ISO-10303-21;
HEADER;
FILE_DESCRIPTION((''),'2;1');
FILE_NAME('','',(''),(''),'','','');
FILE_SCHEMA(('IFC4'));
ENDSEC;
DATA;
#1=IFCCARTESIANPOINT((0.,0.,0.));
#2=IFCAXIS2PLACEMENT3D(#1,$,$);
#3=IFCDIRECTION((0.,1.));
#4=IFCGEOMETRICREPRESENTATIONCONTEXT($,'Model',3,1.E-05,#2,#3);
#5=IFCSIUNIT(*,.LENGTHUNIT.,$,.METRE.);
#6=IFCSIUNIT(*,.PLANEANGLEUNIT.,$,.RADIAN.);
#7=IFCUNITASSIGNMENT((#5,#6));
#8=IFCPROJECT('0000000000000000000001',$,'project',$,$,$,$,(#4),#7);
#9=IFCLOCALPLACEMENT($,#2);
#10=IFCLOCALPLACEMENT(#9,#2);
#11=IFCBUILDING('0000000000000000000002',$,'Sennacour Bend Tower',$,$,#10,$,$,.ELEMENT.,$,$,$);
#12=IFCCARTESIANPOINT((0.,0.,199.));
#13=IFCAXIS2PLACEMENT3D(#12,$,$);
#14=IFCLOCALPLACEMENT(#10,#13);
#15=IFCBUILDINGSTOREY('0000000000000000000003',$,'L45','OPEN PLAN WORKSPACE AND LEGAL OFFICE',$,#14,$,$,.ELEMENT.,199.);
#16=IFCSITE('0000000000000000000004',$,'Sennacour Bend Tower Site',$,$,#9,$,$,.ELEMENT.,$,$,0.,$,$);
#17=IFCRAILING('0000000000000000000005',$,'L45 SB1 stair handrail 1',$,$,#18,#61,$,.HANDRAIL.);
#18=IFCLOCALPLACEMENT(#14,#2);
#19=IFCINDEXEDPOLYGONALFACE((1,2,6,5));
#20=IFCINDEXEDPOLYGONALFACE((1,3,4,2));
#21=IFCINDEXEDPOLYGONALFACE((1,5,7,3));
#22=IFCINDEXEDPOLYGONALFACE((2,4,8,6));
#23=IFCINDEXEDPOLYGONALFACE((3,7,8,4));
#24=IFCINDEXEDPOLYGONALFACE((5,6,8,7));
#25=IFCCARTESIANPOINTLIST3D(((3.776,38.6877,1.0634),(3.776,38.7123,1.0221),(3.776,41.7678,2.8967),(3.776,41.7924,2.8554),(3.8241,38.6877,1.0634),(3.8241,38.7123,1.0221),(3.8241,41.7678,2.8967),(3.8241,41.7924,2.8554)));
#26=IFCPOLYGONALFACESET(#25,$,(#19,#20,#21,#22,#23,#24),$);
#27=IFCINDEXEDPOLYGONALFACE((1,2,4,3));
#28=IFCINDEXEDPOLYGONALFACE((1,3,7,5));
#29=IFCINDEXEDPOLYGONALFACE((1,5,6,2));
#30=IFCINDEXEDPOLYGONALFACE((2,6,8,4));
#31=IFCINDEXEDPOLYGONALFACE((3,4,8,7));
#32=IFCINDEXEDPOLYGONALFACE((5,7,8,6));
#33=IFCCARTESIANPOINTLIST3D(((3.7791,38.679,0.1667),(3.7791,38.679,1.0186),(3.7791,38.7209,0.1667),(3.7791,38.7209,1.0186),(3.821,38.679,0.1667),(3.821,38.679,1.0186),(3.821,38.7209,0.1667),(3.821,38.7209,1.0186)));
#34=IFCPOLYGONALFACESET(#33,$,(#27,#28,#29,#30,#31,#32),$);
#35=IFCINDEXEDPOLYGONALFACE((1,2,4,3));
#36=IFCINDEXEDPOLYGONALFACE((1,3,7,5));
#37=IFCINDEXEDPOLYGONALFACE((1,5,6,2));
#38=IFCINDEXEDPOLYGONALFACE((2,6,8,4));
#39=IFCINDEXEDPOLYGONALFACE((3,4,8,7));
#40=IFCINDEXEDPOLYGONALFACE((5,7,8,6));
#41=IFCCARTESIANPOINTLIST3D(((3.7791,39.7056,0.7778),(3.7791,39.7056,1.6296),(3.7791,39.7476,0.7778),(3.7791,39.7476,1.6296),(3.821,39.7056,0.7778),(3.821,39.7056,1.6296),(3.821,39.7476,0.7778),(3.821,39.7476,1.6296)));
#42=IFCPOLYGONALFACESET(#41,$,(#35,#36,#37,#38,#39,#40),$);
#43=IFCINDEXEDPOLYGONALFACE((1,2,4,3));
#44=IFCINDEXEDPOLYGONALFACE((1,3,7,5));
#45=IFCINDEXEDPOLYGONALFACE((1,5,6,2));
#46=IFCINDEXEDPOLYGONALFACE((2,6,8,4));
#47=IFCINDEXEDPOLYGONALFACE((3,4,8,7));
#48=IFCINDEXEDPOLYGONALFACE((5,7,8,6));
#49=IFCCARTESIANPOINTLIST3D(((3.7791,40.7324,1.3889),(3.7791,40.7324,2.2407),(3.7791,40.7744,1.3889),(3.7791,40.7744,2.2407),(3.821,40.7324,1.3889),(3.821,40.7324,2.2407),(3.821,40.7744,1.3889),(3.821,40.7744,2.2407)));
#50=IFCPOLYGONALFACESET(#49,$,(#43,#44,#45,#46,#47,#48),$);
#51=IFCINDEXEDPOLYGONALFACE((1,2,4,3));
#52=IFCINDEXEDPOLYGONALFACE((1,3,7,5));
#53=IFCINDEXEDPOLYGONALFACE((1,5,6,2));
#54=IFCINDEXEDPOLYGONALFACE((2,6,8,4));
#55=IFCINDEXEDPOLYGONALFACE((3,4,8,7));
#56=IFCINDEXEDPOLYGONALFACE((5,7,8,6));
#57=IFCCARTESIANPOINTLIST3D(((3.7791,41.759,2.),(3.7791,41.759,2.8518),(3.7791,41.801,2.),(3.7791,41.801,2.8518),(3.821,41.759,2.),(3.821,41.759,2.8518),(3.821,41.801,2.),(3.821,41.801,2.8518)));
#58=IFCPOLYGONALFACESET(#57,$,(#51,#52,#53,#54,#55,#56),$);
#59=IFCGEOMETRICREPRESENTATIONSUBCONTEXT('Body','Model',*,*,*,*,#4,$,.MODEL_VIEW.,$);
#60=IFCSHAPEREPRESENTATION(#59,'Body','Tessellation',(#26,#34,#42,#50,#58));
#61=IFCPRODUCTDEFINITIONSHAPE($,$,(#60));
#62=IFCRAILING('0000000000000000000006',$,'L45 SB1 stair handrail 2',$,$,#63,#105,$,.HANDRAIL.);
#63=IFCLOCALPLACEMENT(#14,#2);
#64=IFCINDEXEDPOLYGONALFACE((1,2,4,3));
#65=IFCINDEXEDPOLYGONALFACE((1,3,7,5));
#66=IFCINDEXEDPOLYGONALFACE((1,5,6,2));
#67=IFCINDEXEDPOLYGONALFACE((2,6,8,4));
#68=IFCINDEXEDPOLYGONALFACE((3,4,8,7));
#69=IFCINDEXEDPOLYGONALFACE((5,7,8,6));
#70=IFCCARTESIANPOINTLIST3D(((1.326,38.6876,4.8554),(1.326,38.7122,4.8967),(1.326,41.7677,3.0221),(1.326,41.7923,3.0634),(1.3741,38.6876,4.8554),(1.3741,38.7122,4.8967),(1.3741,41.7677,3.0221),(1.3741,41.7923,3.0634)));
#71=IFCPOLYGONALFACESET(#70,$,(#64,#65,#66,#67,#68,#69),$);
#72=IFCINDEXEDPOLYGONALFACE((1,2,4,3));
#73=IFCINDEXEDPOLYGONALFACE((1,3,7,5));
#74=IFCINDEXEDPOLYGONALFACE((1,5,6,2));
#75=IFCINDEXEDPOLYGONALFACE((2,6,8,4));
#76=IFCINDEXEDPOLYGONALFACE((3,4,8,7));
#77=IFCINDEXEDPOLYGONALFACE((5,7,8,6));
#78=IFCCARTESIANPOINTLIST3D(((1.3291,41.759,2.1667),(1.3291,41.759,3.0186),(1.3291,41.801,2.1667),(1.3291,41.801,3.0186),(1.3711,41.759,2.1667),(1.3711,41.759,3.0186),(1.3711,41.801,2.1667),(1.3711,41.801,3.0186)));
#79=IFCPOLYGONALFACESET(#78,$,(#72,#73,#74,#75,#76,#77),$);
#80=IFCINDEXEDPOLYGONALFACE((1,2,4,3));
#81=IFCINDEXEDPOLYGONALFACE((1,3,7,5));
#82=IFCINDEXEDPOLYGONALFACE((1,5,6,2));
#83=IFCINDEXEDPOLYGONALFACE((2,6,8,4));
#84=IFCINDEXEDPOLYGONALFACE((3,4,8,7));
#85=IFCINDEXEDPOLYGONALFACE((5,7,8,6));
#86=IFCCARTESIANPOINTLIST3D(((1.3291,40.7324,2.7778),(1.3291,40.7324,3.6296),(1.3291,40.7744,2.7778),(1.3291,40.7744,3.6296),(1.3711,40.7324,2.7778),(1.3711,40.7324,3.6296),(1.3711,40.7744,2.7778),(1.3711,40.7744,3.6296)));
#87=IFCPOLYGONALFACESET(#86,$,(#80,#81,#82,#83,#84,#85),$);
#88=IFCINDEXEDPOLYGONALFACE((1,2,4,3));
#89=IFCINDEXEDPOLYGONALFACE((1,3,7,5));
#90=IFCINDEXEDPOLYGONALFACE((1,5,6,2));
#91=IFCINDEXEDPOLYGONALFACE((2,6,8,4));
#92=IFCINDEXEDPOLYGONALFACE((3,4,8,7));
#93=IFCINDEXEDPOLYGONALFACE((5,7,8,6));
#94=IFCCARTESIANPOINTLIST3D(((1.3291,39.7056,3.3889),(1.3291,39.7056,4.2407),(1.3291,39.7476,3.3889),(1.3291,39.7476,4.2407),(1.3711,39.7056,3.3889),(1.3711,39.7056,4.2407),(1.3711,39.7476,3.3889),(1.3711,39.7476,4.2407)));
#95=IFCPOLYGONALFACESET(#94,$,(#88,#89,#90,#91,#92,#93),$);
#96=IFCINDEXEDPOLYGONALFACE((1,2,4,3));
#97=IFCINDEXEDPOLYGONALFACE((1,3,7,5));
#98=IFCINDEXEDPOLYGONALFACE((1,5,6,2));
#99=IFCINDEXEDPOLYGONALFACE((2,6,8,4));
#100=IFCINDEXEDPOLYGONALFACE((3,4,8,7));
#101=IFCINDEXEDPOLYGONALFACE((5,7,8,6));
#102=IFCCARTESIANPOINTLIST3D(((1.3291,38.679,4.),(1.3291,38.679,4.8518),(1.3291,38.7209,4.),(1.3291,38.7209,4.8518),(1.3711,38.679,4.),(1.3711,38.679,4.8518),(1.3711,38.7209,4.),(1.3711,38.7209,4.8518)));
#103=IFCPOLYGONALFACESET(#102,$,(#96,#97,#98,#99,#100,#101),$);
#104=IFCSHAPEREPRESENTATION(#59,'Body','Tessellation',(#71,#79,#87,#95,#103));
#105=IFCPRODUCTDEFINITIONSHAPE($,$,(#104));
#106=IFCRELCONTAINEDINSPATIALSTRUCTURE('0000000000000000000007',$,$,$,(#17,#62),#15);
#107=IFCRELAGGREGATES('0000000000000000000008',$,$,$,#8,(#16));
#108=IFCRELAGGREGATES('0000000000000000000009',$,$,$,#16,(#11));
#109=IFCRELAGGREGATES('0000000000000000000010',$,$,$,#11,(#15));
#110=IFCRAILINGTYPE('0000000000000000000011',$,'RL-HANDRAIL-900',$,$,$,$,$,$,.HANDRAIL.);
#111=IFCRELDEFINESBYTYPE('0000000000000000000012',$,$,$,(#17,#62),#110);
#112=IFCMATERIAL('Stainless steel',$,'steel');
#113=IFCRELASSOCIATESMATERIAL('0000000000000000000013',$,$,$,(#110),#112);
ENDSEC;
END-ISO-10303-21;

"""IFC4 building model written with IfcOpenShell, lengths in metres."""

from ifc_helpers import new_model, si_unit, direction, frame, origin, origin_2d, place, context, subcontext, project, spatial, rectangle, extrude, material, type_object, element, save


model = new_model("IFC4")

# Units and contexts
model_context = context("Model", 3, precision=1e-05, world=origin(), true_north=direction((0.0, 1.0)))
body_context = subcontext(model_context, "Body", "Model", "MODEL_VIEW")
ifc_project = project(units=[si_unit("LENGTHUNIT", "METRE"), si_unit("PLANEANGLEUNIT", "RADIAN")], contexts=[model_context])

# Site, building, storey
site_placement = place(None, origin())
site = spatial("IfcSite", under=ifc_project, at=site_placement, Name="Sennacour Bend Tower Site", CompositionType="ELEMENT", RefElevation=0.0)
building_placement = place(site_placement, origin())
building = spatial("IfcBuilding", under=site, at=building_placement, Name="Sennacour Bend Tower", CompositionType="ELEMENT")
storey_placement = place(building_placement, frame((0.0, 0.0, 199.0)))
storey = spatial("IfcBuildingStorey", under=building, at=storey_placement, Name="L45", Description="OPEN PLAN WORKSPACE AND LEGAL OFFICE", CompositionType="ELEMENT", Elevation=199.0)

# Railings
ifc_material_1 = material(Name="Stainless steel", Category="steel")
railing_type_1 = type_object("IfcRailingType", Name="RL-HANDRAIL-900", PredefinedType="HANDRAIL", material=ifc_material_1)
railing_1_placement = place(storey_placement, frame((3.8, 38.7, 0.1667)))
element("IfcRailing", 1, at=railing_1_placement, inside=storey, type_object=railing_type_1, Name="L45 SB1 stair handrail 1", PredefinedType="HANDRAIL", context=body_context, shape_type="SweptSolid", body=[
    extrude(rectangle(XDim=0.0481, YDim=0.0481, at=origin_2d()), frame((0.0, 0.0, 0.876), z_axis=(0.0, 0.859309, 0.511458), x_axis=(-1.0, 0.0, 0.0)), (0.0, 0.0, 1.0), 3.5845),
    extrude(rectangle(XDim=0.042, YDim=0.042, at=origin_2d()), origin(), (0.0, 0.0, 1.0), 0.8518),
    extrude(rectangle(XDim=0.042, YDim=0.042, at=origin_2d()), frame((0.0, 1.0266, 0.6111)), (0.0, 0.0, 1.0), 0.8518),
    extrude(rectangle(XDim=0.042, YDim=0.042, at=origin_2d()), frame((0.0, 2.0535, 1.2222)), (0.0, 0.0, 1.0), 0.8518),
    extrude(rectangle(XDim=0.042, YDim=0.042, at=origin_2d()), frame((0.0, 3.0801, 1.8333)), (0.0, 0.0, 1.0), 0.8518),
])
railing_2_placement = place(storey_placement, frame((1.3501, 41.78, 2.1667)))
element("IfcRailing", 2, at=railing_2_placement, inside=storey, type_object=railing_type_1, Name="L45 SB1 stair handrail 2", PredefinedType="HANDRAIL", context=body_context, shape_type="SweptSolid", body=[
    extrude(rectangle(XDim=0.0481, YDim=0.0481, at=origin_2d()), frame((0.0, 0.0, 0.876), z_axis=(0.0, -0.859309, 0.511458), x_axis=(1.0, 0.0, 0.0)), (0.0, 0.0, 1.0), 3.5845),
    extrude(rectangle(XDim=0.042, YDim=0.042, at=origin_2d()), origin(), (0.0, 0.0, 1.0), 0.8518),
    extrude(rectangle(XDim=0.042, YDim=0.042, at=origin_2d()), frame((0.0, -1.0266, 0.6111)), (0.0, 0.0, 1.0), 0.8518),
    extrude(rectangle(XDim=0.042, YDim=0.042, at=origin_2d()), frame((0.0, -2.0535, 1.2222)), (0.0, 0.0, 1.0), 0.8518),
    extrude(rectangle(XDim=0.042, YDim=0.042, at=origin_2d()), frame((0.0, -3.0801, 1.8333)), (0.0, 0.0, 1.0), 0.8518),
])

save(model, "model.ifc")
